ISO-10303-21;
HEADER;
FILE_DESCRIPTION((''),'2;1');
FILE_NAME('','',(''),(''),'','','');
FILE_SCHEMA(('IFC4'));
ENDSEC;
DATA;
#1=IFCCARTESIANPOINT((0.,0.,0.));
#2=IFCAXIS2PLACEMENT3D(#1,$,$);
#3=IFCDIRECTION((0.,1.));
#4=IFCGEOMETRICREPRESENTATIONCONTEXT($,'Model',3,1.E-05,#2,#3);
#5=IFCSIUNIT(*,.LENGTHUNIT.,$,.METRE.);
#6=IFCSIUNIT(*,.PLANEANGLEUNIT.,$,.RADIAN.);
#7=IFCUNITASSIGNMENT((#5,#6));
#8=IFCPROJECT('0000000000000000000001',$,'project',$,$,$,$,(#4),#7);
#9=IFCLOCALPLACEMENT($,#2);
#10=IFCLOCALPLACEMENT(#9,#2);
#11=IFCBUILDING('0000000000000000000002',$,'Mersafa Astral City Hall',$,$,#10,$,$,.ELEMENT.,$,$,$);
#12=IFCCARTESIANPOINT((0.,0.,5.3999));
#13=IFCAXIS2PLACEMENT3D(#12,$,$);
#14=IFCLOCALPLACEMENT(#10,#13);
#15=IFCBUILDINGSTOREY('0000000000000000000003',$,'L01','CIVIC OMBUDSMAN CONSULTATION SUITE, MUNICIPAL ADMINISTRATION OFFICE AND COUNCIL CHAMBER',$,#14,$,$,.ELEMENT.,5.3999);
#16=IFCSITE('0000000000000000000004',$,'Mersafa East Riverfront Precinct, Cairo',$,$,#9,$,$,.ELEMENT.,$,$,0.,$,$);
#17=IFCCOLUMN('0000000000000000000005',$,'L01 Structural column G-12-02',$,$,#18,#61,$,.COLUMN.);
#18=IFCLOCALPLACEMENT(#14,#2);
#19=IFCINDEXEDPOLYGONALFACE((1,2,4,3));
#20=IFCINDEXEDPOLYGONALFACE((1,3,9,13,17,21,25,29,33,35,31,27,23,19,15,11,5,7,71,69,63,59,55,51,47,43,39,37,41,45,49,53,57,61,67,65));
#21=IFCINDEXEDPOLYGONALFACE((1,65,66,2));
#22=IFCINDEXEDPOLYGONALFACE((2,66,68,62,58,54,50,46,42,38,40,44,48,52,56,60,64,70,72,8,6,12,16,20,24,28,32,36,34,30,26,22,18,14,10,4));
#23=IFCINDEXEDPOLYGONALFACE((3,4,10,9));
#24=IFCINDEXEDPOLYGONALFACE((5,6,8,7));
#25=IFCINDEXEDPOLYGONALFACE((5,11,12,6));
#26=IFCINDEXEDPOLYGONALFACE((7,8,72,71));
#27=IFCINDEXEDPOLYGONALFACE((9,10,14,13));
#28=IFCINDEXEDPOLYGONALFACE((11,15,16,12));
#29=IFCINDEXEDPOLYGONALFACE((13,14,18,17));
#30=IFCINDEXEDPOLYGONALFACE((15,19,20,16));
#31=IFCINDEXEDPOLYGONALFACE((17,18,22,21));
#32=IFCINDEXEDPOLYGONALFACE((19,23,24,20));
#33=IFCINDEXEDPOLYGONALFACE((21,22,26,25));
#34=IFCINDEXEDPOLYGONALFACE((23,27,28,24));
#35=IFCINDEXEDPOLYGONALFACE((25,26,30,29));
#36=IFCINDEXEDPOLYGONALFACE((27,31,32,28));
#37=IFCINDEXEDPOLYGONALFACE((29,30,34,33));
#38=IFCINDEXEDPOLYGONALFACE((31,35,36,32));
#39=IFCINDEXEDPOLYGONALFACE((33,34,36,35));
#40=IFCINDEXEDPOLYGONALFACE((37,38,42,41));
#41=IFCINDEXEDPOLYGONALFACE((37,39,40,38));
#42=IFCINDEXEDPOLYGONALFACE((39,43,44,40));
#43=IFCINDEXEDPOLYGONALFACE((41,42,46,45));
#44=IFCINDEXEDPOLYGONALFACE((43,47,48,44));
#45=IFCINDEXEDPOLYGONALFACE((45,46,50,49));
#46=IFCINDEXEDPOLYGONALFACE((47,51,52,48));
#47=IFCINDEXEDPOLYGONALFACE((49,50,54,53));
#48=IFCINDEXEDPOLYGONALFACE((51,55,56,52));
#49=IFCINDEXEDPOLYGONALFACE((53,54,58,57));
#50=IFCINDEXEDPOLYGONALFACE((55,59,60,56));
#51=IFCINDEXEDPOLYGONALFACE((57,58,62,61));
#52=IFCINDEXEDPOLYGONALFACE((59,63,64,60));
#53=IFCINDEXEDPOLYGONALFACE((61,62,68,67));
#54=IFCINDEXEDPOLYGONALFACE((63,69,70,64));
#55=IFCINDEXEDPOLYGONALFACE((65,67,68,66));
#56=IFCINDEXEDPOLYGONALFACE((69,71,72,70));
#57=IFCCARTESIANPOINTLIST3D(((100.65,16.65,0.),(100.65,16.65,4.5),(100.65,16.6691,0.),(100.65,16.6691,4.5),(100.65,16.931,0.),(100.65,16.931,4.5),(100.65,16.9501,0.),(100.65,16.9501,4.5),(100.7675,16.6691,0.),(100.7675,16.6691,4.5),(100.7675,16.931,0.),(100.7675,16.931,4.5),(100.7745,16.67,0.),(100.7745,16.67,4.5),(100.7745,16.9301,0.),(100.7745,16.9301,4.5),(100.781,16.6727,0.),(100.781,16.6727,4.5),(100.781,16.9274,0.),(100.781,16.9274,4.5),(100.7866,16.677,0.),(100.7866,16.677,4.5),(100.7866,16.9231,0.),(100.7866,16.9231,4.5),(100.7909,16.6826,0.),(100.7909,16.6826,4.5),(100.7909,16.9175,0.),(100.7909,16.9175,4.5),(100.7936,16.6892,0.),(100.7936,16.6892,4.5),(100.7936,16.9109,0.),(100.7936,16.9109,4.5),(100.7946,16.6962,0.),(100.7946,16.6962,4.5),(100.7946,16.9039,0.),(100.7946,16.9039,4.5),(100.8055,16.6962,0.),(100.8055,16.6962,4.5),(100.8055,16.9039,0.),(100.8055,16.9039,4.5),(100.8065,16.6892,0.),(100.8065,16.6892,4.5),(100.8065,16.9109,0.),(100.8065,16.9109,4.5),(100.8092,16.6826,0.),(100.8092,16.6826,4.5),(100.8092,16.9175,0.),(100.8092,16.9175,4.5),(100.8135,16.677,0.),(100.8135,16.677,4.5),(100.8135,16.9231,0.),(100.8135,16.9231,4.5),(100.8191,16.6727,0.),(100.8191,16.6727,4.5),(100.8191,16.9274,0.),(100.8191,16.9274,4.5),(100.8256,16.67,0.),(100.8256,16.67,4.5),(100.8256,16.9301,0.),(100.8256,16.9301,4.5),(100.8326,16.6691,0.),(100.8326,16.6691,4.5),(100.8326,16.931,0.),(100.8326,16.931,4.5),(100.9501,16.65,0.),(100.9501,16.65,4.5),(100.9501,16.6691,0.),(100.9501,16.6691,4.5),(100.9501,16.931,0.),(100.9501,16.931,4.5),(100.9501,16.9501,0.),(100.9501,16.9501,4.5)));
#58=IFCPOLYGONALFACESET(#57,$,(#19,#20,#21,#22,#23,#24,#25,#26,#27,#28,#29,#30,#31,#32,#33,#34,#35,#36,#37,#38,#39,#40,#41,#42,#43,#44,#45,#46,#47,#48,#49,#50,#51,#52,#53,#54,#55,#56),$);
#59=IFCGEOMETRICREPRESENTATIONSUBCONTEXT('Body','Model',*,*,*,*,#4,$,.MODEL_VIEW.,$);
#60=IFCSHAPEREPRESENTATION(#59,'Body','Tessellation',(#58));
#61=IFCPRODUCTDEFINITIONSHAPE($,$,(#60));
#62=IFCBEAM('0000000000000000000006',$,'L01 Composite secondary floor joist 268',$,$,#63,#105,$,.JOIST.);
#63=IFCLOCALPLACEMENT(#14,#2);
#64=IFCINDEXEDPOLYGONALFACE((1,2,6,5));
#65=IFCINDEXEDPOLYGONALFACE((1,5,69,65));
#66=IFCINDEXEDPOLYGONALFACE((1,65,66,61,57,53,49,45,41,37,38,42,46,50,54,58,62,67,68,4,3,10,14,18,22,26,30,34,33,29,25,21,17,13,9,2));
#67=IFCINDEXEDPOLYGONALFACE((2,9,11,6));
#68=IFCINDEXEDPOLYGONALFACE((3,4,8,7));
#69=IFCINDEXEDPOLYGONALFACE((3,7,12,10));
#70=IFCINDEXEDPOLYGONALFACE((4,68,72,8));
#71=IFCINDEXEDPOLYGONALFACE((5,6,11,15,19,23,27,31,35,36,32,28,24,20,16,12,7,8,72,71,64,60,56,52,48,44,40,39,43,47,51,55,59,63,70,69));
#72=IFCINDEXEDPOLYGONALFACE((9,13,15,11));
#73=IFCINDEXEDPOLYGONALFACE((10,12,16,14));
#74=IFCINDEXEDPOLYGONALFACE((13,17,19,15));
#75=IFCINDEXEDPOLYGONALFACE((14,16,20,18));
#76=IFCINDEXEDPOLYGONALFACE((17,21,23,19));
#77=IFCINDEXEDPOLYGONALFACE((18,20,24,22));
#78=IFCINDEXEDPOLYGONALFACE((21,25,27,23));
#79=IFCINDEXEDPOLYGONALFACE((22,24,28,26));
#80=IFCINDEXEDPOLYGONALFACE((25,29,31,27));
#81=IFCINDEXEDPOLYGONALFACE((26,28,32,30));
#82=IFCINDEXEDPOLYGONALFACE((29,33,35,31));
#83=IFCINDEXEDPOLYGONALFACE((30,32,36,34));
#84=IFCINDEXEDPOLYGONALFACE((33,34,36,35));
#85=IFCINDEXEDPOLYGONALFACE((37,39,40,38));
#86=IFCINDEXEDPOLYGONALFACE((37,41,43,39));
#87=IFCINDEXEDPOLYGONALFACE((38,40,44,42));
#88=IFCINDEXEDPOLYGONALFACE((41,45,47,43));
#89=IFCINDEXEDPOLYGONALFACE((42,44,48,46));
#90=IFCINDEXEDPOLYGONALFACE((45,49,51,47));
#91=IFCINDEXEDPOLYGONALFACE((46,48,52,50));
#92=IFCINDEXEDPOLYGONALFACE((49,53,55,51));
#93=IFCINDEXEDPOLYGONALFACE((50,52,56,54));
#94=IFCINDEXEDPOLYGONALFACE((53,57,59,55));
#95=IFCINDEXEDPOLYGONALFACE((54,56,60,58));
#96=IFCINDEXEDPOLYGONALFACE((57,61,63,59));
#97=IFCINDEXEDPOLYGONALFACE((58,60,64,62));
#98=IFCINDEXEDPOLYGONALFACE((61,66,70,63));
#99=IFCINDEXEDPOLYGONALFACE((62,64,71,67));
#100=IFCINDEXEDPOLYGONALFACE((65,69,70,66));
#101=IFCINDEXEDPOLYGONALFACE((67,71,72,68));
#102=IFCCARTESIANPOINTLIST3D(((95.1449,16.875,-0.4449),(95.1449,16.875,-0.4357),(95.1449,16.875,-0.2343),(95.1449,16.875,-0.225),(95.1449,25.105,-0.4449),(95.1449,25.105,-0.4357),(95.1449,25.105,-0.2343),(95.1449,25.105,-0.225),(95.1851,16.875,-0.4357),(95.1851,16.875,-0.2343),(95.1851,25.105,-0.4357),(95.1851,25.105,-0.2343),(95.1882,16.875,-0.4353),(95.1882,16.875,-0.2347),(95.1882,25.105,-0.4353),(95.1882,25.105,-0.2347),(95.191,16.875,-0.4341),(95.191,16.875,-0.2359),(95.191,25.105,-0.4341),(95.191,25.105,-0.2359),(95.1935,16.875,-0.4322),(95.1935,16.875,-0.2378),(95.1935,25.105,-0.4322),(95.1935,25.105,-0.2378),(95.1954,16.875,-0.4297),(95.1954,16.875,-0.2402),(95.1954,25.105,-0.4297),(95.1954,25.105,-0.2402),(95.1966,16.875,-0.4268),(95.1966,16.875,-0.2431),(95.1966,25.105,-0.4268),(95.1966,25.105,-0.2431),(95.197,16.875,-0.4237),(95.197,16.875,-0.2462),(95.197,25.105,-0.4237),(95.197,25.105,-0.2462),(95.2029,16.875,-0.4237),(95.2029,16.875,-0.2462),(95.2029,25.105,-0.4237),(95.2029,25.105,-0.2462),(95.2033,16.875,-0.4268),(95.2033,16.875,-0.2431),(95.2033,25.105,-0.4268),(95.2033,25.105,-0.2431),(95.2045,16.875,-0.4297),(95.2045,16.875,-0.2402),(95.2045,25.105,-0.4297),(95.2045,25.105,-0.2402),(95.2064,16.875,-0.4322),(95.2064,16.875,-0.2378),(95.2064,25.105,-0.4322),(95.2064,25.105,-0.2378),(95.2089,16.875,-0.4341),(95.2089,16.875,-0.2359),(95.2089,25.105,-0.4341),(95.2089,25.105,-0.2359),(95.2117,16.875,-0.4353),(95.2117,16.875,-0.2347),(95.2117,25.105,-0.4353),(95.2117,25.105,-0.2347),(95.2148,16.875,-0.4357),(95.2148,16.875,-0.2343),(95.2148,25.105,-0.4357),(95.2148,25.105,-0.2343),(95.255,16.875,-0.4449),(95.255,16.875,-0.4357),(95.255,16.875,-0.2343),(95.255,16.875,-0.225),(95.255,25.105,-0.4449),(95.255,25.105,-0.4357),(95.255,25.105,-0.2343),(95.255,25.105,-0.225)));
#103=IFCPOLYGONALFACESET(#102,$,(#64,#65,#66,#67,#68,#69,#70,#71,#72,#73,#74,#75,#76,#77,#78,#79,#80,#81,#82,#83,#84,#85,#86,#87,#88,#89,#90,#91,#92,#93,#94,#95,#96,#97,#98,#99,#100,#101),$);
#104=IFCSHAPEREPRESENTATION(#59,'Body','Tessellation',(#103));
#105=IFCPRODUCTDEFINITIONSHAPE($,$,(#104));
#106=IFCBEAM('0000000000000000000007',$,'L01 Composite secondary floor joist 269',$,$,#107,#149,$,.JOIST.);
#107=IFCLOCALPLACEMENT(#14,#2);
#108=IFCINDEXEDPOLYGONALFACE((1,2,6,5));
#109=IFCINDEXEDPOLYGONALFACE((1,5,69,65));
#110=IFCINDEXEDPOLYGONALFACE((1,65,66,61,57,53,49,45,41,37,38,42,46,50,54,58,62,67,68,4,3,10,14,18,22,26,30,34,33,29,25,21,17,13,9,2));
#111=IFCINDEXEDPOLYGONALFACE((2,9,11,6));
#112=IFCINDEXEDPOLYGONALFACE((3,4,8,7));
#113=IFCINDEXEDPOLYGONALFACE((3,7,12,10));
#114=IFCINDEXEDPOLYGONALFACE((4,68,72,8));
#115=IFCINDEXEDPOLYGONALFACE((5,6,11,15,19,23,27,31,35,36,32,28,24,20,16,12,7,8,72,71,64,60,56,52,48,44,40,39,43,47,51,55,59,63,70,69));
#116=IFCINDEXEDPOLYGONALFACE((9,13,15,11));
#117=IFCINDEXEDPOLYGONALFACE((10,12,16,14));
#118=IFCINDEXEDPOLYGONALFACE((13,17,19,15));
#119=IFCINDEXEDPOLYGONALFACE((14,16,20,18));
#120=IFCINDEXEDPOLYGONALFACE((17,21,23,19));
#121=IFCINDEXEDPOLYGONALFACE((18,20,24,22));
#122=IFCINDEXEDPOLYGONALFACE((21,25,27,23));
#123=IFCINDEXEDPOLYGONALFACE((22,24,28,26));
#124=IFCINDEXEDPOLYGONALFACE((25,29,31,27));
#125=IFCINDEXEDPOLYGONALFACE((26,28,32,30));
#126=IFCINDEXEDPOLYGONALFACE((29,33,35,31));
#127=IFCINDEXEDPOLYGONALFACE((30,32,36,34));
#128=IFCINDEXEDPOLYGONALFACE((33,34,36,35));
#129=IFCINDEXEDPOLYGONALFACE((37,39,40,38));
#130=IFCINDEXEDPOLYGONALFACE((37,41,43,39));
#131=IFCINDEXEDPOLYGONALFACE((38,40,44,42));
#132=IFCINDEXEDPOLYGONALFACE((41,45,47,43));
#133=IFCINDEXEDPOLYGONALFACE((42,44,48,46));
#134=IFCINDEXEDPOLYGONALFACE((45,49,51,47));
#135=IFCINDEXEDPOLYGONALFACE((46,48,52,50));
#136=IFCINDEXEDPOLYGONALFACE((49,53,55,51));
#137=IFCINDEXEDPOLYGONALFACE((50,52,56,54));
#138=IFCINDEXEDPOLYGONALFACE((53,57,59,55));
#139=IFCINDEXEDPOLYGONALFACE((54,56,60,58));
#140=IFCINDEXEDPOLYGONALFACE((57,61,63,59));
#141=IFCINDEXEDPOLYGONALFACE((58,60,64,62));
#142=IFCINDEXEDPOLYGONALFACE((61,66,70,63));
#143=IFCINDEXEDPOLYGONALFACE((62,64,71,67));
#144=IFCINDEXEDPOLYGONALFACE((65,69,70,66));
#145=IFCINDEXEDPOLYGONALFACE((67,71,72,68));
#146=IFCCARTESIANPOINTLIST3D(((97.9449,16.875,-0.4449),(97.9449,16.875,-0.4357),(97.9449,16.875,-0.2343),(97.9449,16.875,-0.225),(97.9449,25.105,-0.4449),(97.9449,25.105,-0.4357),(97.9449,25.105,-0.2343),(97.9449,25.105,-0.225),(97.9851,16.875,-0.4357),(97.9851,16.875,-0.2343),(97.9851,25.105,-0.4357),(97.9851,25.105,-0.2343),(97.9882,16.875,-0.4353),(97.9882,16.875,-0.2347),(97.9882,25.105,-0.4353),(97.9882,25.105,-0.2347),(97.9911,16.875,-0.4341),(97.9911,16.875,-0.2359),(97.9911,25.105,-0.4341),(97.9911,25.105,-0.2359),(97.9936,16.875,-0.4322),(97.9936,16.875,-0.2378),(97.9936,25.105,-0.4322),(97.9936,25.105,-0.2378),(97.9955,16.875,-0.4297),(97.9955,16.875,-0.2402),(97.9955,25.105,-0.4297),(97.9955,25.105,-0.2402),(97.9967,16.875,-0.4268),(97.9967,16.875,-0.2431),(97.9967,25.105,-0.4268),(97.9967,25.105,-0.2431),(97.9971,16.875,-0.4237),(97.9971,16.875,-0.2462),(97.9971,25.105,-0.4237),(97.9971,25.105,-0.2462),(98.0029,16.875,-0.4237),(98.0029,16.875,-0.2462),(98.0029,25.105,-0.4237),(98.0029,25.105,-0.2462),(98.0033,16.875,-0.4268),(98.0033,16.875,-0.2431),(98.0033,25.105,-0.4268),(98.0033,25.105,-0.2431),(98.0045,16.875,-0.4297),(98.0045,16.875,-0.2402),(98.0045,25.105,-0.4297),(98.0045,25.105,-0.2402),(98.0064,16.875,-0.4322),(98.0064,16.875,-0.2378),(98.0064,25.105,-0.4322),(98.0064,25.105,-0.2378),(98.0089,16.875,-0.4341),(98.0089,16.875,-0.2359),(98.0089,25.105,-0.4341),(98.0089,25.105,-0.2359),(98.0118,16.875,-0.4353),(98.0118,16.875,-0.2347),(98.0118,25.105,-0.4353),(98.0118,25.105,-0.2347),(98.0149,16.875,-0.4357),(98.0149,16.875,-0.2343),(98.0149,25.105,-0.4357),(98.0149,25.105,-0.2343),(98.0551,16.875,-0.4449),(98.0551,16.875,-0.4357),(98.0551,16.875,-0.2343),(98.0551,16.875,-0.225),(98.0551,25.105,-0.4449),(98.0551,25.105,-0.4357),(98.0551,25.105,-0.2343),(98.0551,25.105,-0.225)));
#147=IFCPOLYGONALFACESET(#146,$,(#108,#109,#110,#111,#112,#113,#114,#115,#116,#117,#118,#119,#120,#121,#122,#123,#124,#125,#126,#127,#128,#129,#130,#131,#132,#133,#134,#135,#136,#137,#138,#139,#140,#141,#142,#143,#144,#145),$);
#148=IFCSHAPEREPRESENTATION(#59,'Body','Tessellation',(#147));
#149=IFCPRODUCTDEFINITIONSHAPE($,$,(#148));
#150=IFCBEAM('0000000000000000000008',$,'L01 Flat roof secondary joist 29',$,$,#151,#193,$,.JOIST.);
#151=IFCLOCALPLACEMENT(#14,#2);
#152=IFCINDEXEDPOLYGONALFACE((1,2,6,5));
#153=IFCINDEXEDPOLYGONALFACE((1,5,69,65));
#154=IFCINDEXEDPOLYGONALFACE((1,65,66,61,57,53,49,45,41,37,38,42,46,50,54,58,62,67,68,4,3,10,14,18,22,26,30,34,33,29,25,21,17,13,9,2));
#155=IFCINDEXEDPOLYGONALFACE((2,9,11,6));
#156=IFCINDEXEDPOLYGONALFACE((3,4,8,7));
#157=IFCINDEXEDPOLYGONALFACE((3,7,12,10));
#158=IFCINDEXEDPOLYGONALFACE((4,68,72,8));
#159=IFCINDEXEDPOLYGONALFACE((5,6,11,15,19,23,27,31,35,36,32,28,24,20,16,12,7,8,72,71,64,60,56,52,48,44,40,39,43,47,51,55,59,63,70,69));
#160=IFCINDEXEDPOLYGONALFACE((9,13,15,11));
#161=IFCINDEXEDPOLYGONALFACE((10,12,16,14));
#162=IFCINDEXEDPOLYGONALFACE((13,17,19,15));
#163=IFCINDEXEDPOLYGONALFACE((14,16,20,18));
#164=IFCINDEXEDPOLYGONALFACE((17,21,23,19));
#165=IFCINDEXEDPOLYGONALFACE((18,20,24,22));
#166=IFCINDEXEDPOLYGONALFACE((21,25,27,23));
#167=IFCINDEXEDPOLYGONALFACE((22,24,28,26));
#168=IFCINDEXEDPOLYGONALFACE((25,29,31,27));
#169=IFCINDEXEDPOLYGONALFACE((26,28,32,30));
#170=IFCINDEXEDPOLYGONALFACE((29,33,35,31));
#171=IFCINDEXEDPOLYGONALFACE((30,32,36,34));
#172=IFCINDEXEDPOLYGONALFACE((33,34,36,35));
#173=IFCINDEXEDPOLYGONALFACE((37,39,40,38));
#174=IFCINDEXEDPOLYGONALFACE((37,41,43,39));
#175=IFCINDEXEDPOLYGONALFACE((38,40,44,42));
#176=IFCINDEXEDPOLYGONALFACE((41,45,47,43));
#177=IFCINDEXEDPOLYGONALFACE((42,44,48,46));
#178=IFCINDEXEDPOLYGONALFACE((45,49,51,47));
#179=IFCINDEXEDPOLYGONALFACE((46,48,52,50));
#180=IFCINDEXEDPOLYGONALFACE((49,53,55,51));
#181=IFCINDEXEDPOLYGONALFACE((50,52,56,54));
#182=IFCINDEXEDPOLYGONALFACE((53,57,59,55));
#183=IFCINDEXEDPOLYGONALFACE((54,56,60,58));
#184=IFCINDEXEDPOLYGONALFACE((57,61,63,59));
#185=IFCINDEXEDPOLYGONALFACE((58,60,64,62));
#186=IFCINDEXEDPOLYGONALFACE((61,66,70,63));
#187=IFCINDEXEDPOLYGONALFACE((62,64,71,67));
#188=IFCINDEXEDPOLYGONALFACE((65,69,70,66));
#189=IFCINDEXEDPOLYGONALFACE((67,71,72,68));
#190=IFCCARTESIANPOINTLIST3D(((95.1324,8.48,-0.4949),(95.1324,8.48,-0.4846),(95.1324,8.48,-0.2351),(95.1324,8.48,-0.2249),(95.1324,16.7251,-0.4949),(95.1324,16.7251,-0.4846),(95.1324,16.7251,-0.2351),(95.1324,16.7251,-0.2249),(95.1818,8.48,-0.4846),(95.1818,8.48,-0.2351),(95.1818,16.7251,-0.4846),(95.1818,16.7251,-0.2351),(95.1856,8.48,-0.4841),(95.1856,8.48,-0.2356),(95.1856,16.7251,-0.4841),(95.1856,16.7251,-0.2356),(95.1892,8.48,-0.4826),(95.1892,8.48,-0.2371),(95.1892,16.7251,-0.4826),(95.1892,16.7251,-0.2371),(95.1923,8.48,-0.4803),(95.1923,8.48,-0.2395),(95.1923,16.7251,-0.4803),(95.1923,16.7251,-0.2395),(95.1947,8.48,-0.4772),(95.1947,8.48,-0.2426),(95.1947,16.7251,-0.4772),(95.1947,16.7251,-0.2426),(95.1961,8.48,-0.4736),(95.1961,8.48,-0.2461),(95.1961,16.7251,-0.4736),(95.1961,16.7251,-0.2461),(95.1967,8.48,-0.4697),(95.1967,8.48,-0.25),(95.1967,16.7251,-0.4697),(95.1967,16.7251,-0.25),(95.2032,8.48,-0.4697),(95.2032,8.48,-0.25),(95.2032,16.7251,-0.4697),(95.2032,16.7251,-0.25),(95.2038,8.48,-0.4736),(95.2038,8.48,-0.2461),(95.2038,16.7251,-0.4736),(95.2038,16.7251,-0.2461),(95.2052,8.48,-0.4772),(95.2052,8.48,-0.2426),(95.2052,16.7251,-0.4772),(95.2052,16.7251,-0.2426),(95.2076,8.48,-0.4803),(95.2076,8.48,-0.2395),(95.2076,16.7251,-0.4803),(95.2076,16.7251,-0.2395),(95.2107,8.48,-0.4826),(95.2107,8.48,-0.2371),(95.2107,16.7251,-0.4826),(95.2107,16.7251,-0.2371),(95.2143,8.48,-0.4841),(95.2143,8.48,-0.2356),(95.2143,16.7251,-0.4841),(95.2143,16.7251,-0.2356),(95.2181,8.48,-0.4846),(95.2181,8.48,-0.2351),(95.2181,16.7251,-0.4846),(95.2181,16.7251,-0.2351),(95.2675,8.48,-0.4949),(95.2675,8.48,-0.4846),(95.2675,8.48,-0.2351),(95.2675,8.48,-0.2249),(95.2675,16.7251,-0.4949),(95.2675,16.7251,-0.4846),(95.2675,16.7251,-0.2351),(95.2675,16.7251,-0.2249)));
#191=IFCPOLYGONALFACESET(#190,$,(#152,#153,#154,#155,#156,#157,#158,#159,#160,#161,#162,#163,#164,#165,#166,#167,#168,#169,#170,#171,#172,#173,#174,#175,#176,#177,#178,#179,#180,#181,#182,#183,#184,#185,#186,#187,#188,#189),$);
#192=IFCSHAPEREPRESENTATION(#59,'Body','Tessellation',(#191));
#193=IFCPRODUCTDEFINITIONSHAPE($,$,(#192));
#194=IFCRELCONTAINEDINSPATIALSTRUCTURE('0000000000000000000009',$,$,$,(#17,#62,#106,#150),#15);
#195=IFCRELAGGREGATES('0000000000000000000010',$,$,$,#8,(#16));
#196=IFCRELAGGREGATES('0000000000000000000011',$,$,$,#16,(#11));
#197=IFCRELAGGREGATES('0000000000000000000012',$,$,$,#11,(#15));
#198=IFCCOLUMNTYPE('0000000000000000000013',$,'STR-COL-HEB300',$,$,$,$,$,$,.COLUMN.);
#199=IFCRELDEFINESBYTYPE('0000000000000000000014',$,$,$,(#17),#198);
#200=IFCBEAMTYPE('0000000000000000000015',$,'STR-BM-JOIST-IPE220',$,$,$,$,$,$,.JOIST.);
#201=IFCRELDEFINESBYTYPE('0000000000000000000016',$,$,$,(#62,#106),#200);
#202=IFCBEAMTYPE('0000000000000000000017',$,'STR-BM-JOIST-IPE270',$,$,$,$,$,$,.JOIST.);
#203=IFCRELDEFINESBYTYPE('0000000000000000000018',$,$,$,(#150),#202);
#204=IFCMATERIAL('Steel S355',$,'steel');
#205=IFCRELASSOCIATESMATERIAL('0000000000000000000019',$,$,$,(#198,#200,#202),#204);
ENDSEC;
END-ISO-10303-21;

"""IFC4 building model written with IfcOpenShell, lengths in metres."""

from ifc_helpers import new_model, si_unit, direction, frame, origin, origin_2d, place, context, subcontext, project, spatial, i_section, extrude, material, material_profile, profile_set, type_object, element, save


model = new_model("IFC4")

# Units and contexts
model_context = context("Model", 3, precision=1e-05, world=origin(), true_north=direction((0.0, 1.0)))
body_context = subcontext(model_context, "Body", "Model", "MODEL_VIEW")
ifc_project = project(units=[si_unit("LENGTHUNIT", "METRE"), si_unit("PLANEANGLEUNIT", "RADIAN")], contexts=[model_context])

# Site, building, storey
site_placement = place(None, origin())
site = spatial("IfcSite", under=ifc_project, at=site_placement, Name="Mersafa East Riverfront Precinct, Cairo", CompositionType="ELEMENT", RefElevation=0.0)
building_placement = place(site_placement, origin())
building = spatial("IfcBuilding", under=site, at=building_placement, Name="Mersafa Astral City Hall", CompositionType="ELEMENT")
storey_placement = place(building_placement, frame((0.0, 0.0, 5.3999)))
storey = spatial("IfcBuildingStorey", under=building, at=storey_placement, Name="L01", Description="CIVIC OMBUDSMAN CONSULTATION SUITE, MUNICIPAL ADMINISTRATION OFFICE AND COUNCIL CHAMBER", CompositionType="ELEMENT", Elevation=5.3999)

# Column
ifc_material_1 = material(Name="Steel S355", Category="steel")
ifc_material_profile_1 = material_profile(ifc_material_1, i_section(OverallWidth=0.3, OverallDepth=0.3, WebThickness=0.011, FlangeThickness=0.019, FilletRadius=0.0271, at=origin_2d()), Name="HEB 300")
ifc_profile_set_1 = profile_set([ifc_material_profile_1], Name="Steel S355")
column_type = type_object("IfcColumnType", Name="STR-COL-HEB300", PredefinedType="COLUMN", material=ifc_profile_set_1)
column_placement = place(storey_placement, frame((100.8, 16.8, 0.0), z_axis=(0.0, 0.0, 1.0), x_axis=(1.0, 0.0, 0.0)))
element("IfcColumn", 1, at=column_placement, inside=storey, type_object=column_type, Name="L01 Structural column G-12-02", PredefinedType="COLUMN", context=body_context, shape_type="SweptSolid", body=[
    extrude(i_section(OverallWidth=0.3, OverallDepth=0.3, WebThickness=0.011, FlangeThickness=0.019, FilletRadius=0.0271, at=origin_2d()), origin(), (0.0, 0.0, 1.0), 4.5),
])

# Beams
ifc_material_profile_2 = material_profile(ifc_material_1, i_section(OverallWidth=0.1101, OverallDepth=0.22, WebThickness=0.0059, FlangeThickness=0.0093, FilletRadius=0.012, at=origin_2d()), Name="IPE 220")
ifc_profile_set_2 = profile_set([ifc_material_profile_2], Name="Steel S355")
beam_type_1 = type_object("IfcBeamType", Name="STR-BM-JOIST-IPE220", PredefinedType="JOIST", material=ifc_profile_set_2)
for number, where, z_axis, x_axis, name in (
    (2, (95.2, 16.875, -0.335), (0.0, 1.0, 0.0), (-1.0, 0.0, 0.0), "L01 Composite secondary floor joist 268"),
    (3, (98.0, 16.875, -0.335), (0.0, 1.0, 0.0), (-1.0, 0.0, 0.0), "L01 Composite secondary floor joist 269"),
):
    element("IfcBeam", number, at=place(storey_placement, frame(where, z_axis=z_axis, x_axis=x_axis)), inside=storey, type_object=beam_type_1, Name=name, PredefinedType="JOIST", context=body_context, shape_type="SweptSolid", body=[
        extrude(i_section(OverallWidth=0.1101, OverallDepth=0.22, WebThickness=0.0059, FlangeThickness=0.0093, FilletRadius=0.012, at=origin_2d()), origin(), (0.0, 0.0, 1.0), 8.23),
    ])
ifc_material_profile_3 = material_profile(ifc_material_1, i_section(OverallWidth=0.135, OverallDepth=0.27, WebThickness=0.0066, FlangeThickness=0.0103, FilletRadius=0.0149, at=origin_2d()), Name="IPE 270")
ifc_profile_set_3 = profile_set([ifc_material_profile_3], Name="Steel S355")
beam_type_2 = type_object("IfcBeamType", Name="STR-BM-JOIST-IPE270", PredefinedType="JOIST", material=ifc_profile_set_3)
for number, where, z_axis, x_axis, name in (
    (4, (95.2, 8.48, -0.3599), (0.0, 1.0, 0.0), (-1.0, 0.0, 0.0), "L01 Flat roof secondary joist 29"),
):
    element("IfcBeam", number, at=place(storey_placement, frame(where, z_axis=z_axis, x_axis=x_axis)), inside=storey, type_object=beam_type_2, Name=name, PredefinedType="JOIST", context=body_context, shape_type="SweptSolid", body=[
        extrude(i_section(OverallWidth=0.135, OverallDepth=0.27, WebThickness=0.0066, FlangeThickness=0.0103, FilletRadius=0.0149, at=origin_2d()), origin(), (0.0, 0.0, 1.0), 8.2451),
    ])

save(model, "model.ifc")
